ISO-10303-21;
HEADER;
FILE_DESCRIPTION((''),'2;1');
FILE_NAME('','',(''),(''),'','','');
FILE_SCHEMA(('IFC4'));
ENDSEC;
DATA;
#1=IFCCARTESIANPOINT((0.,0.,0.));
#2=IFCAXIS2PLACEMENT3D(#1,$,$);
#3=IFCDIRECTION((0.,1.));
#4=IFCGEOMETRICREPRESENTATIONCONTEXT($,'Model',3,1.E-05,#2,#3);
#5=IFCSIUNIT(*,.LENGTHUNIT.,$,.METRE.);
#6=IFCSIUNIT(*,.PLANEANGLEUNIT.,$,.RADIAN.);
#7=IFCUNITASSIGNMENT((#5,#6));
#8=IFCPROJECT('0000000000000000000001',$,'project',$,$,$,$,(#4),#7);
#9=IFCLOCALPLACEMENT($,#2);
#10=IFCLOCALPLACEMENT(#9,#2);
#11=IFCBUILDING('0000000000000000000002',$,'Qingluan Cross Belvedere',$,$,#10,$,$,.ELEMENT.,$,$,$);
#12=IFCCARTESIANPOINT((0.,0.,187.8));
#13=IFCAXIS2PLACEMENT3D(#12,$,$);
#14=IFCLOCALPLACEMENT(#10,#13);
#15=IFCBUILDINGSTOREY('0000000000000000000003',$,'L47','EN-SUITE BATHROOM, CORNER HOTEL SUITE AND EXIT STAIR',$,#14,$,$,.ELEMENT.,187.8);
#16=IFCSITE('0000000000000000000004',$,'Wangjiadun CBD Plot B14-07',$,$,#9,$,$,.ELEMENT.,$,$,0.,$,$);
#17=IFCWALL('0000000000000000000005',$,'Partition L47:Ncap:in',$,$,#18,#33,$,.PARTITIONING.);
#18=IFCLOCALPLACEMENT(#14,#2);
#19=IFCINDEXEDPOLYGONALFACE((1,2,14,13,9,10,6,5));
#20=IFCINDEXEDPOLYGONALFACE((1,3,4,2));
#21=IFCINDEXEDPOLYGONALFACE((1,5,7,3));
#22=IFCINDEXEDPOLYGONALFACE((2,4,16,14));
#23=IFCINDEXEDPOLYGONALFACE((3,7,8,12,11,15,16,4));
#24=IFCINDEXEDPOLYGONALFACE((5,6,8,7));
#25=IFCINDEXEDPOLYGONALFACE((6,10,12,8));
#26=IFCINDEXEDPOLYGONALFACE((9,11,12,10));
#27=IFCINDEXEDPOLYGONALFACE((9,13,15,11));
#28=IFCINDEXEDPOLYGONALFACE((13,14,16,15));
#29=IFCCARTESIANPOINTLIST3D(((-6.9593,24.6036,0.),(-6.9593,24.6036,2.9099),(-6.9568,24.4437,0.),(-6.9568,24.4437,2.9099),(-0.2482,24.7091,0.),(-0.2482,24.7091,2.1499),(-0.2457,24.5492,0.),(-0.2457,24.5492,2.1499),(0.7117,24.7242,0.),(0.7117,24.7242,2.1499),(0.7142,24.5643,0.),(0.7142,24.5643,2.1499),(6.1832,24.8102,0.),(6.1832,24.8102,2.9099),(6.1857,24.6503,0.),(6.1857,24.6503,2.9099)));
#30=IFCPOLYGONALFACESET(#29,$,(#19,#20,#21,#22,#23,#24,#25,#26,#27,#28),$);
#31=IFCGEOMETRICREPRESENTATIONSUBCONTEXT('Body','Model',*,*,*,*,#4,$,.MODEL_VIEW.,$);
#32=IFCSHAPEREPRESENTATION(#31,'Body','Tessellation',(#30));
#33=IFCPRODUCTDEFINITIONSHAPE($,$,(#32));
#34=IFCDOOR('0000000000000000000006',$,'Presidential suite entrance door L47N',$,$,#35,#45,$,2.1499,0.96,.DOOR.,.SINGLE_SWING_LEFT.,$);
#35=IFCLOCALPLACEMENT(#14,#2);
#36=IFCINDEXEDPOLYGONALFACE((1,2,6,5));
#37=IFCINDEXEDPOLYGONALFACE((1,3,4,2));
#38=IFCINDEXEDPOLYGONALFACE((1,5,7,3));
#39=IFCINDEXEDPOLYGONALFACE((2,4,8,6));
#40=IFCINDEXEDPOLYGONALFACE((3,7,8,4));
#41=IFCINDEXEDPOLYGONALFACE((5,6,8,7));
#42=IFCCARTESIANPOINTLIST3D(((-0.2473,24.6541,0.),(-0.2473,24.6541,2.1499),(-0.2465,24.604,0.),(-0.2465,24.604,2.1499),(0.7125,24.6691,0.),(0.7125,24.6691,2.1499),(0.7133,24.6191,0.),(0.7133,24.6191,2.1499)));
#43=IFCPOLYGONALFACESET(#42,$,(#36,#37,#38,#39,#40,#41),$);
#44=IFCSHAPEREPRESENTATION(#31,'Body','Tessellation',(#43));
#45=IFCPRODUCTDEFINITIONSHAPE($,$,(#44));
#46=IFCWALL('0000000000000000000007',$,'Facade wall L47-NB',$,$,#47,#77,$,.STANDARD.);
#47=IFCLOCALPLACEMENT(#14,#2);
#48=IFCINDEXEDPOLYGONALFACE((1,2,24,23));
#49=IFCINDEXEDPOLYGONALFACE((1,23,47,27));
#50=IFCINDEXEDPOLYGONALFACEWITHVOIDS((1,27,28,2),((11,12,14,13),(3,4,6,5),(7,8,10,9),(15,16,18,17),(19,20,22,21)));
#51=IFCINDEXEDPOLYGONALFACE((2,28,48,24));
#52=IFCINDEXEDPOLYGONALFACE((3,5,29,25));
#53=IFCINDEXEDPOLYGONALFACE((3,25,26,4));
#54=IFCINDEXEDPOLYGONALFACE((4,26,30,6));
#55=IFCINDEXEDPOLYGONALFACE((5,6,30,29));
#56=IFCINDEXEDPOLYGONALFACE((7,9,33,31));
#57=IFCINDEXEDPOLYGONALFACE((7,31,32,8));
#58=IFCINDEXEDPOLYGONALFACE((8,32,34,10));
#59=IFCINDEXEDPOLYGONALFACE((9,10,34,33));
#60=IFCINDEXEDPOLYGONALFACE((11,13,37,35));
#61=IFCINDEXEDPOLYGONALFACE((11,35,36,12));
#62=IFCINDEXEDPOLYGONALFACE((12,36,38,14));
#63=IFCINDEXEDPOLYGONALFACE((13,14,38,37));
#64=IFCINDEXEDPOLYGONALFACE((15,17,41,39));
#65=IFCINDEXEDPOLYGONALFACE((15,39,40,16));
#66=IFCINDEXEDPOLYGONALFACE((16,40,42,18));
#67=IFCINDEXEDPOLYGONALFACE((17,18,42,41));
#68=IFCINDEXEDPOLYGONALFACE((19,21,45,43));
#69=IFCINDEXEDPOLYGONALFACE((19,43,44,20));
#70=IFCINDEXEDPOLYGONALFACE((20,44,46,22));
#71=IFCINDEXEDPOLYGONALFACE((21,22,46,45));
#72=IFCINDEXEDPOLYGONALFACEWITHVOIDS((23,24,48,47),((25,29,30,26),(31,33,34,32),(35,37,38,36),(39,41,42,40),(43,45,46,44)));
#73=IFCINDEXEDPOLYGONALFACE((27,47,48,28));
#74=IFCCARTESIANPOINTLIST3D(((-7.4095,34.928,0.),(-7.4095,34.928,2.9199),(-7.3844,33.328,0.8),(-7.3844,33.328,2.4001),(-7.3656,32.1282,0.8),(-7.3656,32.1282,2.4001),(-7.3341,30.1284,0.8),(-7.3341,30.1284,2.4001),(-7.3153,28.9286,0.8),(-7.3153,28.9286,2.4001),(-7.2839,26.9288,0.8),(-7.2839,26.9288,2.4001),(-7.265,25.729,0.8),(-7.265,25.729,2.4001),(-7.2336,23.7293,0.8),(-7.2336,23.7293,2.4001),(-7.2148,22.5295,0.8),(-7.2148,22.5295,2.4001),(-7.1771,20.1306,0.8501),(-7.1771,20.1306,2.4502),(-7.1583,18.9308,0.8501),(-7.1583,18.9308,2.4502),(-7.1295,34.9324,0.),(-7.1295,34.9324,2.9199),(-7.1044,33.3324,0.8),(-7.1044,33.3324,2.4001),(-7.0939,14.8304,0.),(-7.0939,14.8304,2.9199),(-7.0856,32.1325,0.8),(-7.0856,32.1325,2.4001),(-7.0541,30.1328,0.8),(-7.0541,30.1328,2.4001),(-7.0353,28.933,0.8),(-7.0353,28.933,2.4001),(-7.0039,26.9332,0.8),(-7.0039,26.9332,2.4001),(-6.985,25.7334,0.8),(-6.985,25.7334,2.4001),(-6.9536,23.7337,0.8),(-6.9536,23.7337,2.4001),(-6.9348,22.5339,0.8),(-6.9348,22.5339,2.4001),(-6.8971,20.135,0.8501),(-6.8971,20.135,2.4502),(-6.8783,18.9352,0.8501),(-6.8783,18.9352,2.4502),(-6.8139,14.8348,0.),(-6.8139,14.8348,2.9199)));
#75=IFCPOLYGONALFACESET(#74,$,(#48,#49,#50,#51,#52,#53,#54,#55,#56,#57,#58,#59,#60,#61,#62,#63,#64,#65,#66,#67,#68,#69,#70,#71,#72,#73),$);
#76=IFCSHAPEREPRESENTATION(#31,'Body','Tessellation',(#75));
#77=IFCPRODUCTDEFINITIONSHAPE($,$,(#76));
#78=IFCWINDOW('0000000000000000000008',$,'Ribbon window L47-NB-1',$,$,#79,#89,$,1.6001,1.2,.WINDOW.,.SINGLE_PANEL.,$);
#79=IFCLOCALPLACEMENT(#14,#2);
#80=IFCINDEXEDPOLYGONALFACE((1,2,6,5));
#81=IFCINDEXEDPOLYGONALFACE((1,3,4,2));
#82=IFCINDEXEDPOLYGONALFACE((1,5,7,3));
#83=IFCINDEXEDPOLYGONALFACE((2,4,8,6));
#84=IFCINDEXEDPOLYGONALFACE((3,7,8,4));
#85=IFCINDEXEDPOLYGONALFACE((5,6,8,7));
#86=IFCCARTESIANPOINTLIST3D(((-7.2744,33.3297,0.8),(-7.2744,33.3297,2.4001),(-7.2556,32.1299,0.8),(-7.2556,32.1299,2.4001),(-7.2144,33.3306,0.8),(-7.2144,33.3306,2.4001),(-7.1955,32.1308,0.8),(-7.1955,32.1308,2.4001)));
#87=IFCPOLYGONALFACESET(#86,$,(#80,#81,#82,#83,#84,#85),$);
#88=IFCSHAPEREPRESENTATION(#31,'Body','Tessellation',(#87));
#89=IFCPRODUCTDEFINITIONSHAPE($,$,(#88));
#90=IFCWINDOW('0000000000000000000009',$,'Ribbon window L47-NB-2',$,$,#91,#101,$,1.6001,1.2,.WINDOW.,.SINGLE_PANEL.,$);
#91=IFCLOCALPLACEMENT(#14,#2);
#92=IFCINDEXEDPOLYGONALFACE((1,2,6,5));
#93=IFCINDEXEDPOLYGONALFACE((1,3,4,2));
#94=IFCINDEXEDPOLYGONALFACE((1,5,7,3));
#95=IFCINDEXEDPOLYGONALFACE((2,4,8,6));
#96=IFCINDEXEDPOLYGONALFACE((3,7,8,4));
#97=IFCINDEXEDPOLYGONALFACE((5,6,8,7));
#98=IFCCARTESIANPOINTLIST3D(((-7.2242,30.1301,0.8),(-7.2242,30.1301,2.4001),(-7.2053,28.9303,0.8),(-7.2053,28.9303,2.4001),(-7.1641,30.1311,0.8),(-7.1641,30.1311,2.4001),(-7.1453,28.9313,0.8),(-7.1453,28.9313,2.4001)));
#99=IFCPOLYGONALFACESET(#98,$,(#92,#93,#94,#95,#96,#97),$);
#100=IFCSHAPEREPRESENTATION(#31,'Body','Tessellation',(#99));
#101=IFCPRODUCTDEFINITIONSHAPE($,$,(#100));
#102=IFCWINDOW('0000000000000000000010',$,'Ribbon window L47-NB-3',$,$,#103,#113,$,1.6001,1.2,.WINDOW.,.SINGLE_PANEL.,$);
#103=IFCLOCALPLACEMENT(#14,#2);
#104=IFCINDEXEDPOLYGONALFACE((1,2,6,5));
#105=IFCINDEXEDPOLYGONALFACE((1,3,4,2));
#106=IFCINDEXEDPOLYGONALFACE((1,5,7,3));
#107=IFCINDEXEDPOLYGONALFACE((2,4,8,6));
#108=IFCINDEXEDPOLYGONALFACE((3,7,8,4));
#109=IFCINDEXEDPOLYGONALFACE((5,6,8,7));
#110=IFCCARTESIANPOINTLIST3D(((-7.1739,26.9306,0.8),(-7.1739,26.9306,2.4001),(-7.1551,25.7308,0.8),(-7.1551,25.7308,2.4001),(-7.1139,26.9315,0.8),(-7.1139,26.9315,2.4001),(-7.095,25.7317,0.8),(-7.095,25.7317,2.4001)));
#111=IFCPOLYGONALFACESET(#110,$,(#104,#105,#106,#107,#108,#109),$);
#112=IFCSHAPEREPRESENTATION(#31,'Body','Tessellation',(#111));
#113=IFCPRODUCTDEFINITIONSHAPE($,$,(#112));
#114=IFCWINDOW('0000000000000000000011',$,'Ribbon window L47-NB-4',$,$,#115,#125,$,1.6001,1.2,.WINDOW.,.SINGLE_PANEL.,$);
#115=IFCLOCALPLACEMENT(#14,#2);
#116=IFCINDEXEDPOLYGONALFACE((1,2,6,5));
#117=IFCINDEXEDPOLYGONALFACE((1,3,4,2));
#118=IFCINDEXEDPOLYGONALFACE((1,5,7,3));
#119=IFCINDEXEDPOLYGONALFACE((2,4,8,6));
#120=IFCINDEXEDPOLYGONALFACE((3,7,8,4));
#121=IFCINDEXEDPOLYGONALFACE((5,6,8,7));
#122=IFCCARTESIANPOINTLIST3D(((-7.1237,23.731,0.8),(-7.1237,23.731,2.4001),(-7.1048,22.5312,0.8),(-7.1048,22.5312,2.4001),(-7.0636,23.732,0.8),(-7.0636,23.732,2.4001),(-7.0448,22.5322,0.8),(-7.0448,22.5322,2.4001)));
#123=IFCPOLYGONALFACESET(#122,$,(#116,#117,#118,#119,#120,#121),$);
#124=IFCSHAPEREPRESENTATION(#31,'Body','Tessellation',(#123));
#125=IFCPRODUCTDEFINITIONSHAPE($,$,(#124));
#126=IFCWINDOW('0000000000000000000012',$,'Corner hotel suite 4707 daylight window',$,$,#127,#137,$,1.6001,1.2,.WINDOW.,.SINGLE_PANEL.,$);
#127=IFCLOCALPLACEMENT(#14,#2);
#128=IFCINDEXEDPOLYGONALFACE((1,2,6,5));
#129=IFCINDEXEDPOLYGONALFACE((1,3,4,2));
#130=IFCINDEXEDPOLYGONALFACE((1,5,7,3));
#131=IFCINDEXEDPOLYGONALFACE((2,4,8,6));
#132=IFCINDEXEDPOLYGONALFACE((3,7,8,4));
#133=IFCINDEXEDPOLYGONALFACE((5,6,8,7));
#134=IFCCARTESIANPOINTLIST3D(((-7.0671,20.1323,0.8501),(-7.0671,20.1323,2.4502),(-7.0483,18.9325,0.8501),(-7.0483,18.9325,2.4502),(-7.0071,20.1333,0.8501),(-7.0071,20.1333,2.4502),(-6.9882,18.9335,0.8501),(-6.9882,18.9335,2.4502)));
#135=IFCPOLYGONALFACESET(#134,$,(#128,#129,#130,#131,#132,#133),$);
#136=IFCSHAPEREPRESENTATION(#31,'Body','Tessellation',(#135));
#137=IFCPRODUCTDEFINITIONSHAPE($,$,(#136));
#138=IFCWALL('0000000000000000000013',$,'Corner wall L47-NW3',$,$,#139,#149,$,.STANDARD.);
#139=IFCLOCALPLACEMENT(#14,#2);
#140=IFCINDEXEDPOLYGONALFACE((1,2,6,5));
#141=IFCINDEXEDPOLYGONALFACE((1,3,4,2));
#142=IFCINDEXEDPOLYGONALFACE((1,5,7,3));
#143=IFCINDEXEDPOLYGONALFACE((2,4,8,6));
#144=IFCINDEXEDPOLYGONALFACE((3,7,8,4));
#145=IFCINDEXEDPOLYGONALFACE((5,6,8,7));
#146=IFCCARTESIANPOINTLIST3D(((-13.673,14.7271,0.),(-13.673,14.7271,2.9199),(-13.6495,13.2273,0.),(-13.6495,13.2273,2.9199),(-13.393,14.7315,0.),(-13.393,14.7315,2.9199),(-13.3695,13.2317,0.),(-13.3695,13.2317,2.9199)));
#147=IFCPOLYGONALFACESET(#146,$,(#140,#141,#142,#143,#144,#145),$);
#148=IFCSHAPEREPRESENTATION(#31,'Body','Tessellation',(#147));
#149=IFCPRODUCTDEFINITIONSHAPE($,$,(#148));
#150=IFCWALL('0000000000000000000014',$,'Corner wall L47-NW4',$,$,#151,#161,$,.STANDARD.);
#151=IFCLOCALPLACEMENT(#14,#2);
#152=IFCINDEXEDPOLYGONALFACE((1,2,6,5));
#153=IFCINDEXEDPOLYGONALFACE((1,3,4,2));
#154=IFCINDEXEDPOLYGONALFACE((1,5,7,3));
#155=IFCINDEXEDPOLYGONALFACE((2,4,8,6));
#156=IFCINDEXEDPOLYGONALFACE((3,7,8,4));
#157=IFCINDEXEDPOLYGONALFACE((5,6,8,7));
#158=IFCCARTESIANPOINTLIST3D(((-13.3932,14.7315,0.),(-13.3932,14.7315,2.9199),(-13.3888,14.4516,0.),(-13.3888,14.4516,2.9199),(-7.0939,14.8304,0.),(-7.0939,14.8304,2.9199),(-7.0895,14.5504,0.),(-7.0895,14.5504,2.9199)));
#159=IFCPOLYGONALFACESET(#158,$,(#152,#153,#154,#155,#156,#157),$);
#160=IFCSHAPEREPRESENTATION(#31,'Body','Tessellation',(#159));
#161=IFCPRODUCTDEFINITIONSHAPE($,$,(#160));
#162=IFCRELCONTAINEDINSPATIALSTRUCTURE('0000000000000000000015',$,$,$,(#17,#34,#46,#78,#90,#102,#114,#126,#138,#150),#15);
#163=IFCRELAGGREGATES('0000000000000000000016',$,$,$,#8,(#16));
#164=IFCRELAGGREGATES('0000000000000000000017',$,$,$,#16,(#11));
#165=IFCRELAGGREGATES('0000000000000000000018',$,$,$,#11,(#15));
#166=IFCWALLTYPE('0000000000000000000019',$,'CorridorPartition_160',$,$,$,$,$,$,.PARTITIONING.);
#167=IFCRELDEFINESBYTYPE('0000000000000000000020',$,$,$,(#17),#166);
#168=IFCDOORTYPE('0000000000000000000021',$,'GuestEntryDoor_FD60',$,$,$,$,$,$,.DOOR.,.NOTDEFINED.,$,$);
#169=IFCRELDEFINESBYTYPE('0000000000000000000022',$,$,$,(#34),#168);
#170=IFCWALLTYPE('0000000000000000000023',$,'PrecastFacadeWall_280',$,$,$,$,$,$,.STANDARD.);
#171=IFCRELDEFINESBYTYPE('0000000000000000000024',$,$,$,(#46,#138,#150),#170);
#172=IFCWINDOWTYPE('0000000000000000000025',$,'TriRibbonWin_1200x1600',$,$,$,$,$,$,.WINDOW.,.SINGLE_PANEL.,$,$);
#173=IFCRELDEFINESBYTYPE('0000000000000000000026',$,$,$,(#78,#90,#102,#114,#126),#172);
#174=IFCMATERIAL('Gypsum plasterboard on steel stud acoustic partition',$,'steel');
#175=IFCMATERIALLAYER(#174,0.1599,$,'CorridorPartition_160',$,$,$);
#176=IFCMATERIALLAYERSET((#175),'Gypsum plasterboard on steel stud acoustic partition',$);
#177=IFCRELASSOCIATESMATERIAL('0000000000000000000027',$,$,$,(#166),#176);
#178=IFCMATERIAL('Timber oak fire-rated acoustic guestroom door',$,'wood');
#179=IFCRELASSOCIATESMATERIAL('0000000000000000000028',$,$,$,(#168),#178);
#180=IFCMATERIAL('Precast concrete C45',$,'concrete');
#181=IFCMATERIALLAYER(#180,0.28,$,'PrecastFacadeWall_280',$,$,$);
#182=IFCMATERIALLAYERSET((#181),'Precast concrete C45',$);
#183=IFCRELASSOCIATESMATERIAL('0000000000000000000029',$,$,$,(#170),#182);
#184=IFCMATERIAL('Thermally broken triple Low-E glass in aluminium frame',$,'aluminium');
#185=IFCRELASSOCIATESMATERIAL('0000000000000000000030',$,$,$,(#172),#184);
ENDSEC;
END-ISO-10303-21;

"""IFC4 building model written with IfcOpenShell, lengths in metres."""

from ifc_helpers import new_model, si_unit, direction, frame, frame_2d, origin, place, context, subcontext, project, spatial, rectangle, extrude, material, layer, layer_set, type_object, element, fill, save


model = new_model("IFC4")

# Units and contexts
model_context = context("Model", 3, precision=1e-05, world=origin(), true_north=direction((0.0, 1.0)))
body_context = subcontext(model_context, "Body", "Model", "MODEL_VIEW")
ifc_project = project(units=[si_unit("LENGTHUNIT", "METRE"), si_unit("PLANEANGLEUNIT", "RADIAN")], contexts=[model_context])

# Site, building, storey
site_placement = place(None, origin())
site = spatial("IfcSite", under=ifc_project, at=site_placement, Name="Wangjiadun CBD Plot B14-07", CompositionType="ELEMENT", RefElevation=0.0)
building_placement = place(site_placement, origin())
building = spatial("IfcBuilding", under=site, at=building_placement, Name="Qingluan Cross Belvedere", CompositionType="ELEMENT")
storey_placement = place(building_placement, frame((0.0, 0.0, 187.8)))
storey = spatial("IfcBuildingStorey", under=building, at=storey_placement, Name="L47", Description="EN-SUITE BATHROOM, CORNER HOTEL SUITE AND EXIT STAIR", CompositionType="ELEMENT", Elevation=187.8)

# Shared definitions
ifc_material_1 = material(Name="Gypsum plasterboard on steel stud acoustic partition", Category="steel")
ifc_layer_1 = layer(ifc_material_1, 0.1599, Name="CorridorPartition_160")
ifc_layer_set_1 = layer_set([ifc_layer_1], Name="Gypsum plasterboard on steel stud acoustic partition")
wall_type_1 = type_object("IfcWallType", Name="CorridorPartition_160", PredefinedType="PARTITIONING", material=ifc_layer_set_1)

# Wall, opening, door
wall_1_placement = place(storey_placement, frame((-6.958, 24.5237, 0.0), z_axis=(0.0, 0.0, 1.0), x_axis=(0.999877, 0.015714, 0.0)))
wall_1 = element("IfcWall", 1, at=wall_1_placement, inside=storey, type_object=wall_type_1, Name="Partition L47:Ncap:in", PredefinedType="PARTITIONING", context=body_context, shape_type="SweptSolid", body=[
    extrude(rectangle(XDim=13.144, YDim=0.1599, at=frame_2d((6.572, 0.0))), origin(), (0.0, 0.0, 1.0), 2.9099),
])
opening_1_placement = place(wall_1_placement, frame((6.7119, 0.0, 0.0)))
opening_1 = element("IfcOpeningElement", 2, at=opening_1_placement, cuts=wall_1, PredefinedType="OPENING", context=body_context, shape_type="SweptSolid", body=[
    extrude(rectangle(XDim=0.96, YDim=2.1499, at=frame_2d((0.48, 1.075))), frame((0.0, 0.0898, 0.0), z_axis=(0.0, -1.0, 0.0), x_axis=(1.0, 0.0, 0.0)), (0.0, 0.0, 1.0), 0.1799),
])
ifc_material_2 = material(Name="Timber oak fire-rated acoustic guestroom door", Category="wood")
door_type = type_object("IfcDoorType", Name="GuestEntryDoor_FD60", OperationType="NOTDEFINED", PredefinedType="DOOR", material=ifc_material_2)
door_placement = place(opening_1_placement, origin())
door = element("IfcDoor", 3, at=door_placement, inside=storey, type_object=door_type, Name="Presidential suite entrance door L47N", OperationType="SINGLE_SWING_LEFT", OverallHeight=2.1499, OverallWidth=0.96, PredefinedType="DOOR", context=body_context, shape_type="SweptSolid", body=[
    extrude(rectangle(XDim=0.96, YDim=2.1499, at=frame_2d((0.48, 1.075))), frame((0.0, 0.0249, 0.0), z_axis=(0.0, -1.0, 0.0), x_axis=(1.0, 0.0, 0.0)), (0.0, 0.0, 1.0), 0.05),
])
fill(opening_1, door)

# Wall, openings, windows
ifc_material_3 = material(Name="Precast concrete C45", Category="concrete")
ifc_layer_2 = layer(ifc_material_3, 0.28, Name="PrecastFacadeWall_280")
ifc_layer_set_2 = layer_set([ifc_layer_2], Name="Precast concrete C45")
wall_type_2 = type_object("IfcWallType", Name="PrecastFacadeWall_280", PredefinedType="STANDARD", material=ifc_layer_set_2)
wall_2_placement = place(storey_placement, frame((-7.2695, 34.9302, 0.0), z_axis=(0.0, 0.0, 1.0), x_axis=(0.015705, -0.999877, 0.0)))
wall_2 = element("IfcWall", 4, at=wall_2_placement, inside=storey, type_object=wall_type_2, Name="Facade wall L47-NB", PredefinedType="STANDARD", context=body_context, shape_type="SweptSolid", body=[
    extrude(rectangle(XDim=20.1001, YDim=0.28, at=frame_2d((10.05, 0.0))), origin(), (0.0, 0.0, 1.0), 2.9199),
])
opening_2_placement = place(wall_2_placement, frame((1.6001, 0.0, 0.8)))
opening_2 = element("IfcOpeningElement", 5, at=opening_2_placement, cuts=wall_2, PredefinedType="OPENING", context=body_context, shape_type="SweptSolid", body=[
    extrude(rectangle(XDim=1.2, YDim=1.6001, at=frame_2d((0.6001, 0.8))), frame((0.0, 0.1499, 0.0), z_axis=(0.0, -1.0, 0.0), x_axis=(1.0, 0.0, 0.0)), (0.0, 0.0, 1.0), 0.3),
])
opening_3_placement = place(wall_2_placement, frame((4.8, 0.0, 0.8)))
opening_3 = element("IfcOpeningElement", 6, at=opening_3_placement, cuts=wall_2, PredefinedType="OPENING", context=body_context, shape_type="SweptSolid", body=[
    extrude(rectangle(XDim=1.2, YDim=1.6001, at=frame_2d((0.6001, 0.8))), frame((0.0, 0.1499, 0.0), z_axis=(0.0, -1.0, 0.0), x_axis=(1.0, 0.0, 0.0)), (0.0, 0.0, 1.0), 0.3),
])
opening_4_placement = place(wall_2_placement, frame((8.0, 0.0, 0.8)))
opening_4 = element("IfcOpeningElement", 7, at=opening_4_placement, cuts=wall_2, PredefinedType="OPENING", context=body_context, shape_type="SweptSolid", body=[
    extrude(rectangle(XDim=1.2, YDim=1.6001, at=frame_2d((0.6001, 0.8))), frame((0.0, 0.1499, 0.0), z_axis=(0.0, -1.0, 0.0), x_axis=(1.0, 0.0, 0.0)), (0.0, 0.0, 1.0), 0.3),
])
opening_5_placement = place(wall_2_placement, frame((11.2, 0.0, 0.8)))
opening_5 = element("IfcOpeningElement", 8, at=opening_5_placement, cuts=wall_2, PredefinedType="OPENING", context=body_context, shape_type="SweptSolid", body=[
    extrude(rectangle(XDim=1.2, YDim=1.6001, at=frame_2d((0.6001, 0.8))), frame((0.0, 0.1499, 0.0), z_axis=(0.0, -1.0, 0.0), x_axis=(1.0, 0.0, 0.0)), (0.0, 0.0, 1.0), 0.3),
])
opening_6_placement = place(wall_2_placement, frame((14.7991, 0.0, 0.8501)))
opening_6 = element("IfcOpeningElement", 9, at=opening_6_placement, cuts=wall_2, PredefinedType="OPENING", context=body_context, shape_type="SweptSolid", body=[
    extrude(rectangle(XDim=1.2, YDim=1.6001, at=frame_2d((0.6001, 0.8))), frame((0.0, 0.1499, 0.0), z_axis=(0.0, -1.0, 0.0), x_axis=(1.0, 0.0, 0.0)), (0.0, 0.0, 1.0), 0.3),
])
ifc_material_4 = material(Name="Thermally broken triple Low-E glass in aluminium frame", Category="aluminium")
window_type = type_object("IfcWindowType", Name="TriRibbonWin_1200x1600", PartitioningType="SINGLE_PANEL", PredefinedType="WINDOW", material=ifc_material_4)
window_1_placement = place(opening_2_placement, origin())
window_1 = element("IfcWindow", 10, at=window_1_placement, inside=storey, type_object=window_type, Name="Ribbon window L47-NB-1", OverallHeight=1.6001, OverallWidth=1.2, PartitioningType="SINGLE_PANEL", PredefinedType="WINDOW", context=body_context, shape_type="SweptSolid", body=[
    extrude(rectangle(XDim=1.2, YDim=1.6001, at=frame_2d((0.6001, 0.8))), frame((0.0, 0.03, 0.0), z_axis=(0.0, -1.0, 0.0), x_axis=(1.0, 0.0, 0.0)), (0.0, 0.0, 1.0), 0.0601),
])
fill(opening_2, window_1)
window_2_placement = place(opening_3_placement, origin())
window_2 = element("IfcWindow", 11, at=window_2_placement, inside=storey, type_object=window_type, Name="Ribbon window L47-NB-2", OverallHeight=1.6001, OverallWidth=1.2, PartitioningType="SINGLE_PANEL", PredefinedType="WINDOW", context=body_context, shape_type="SweptSolid", body=[
    extrude(rectangle(XDim=1.2, YDim=1.6001, at=frame_2d((0.6001, 0.8))), frame((0.0, 0.03, 0.0), z_axis=(0.0, -1.0, 0.0), x_axis=(1.0, 0.0, 0.0)), (0.0, 0.0, 1.0), 0.0601),
])
fill(opening_3, window_2)
window_3_placement = place(opening_4_placement, origin())
window_3 = element("IfcWindow", 12, at=window_3_placement, inside=storey, type_object=window_type, Name="Ribbon window L47-NB-3", OverallHeight=1.6001, OverallWidth=1.2, PartitioningType="SINGLE_PANEL", PredefinedType="WINDOW", context=body_context, shape_type="SweptSolid", body=[
    extrude(rectangle(XDim=1.2, YDim=1.6001, at=frame_2d((0.6001, 0.8))), frame((0.0, 0.03, 0.0), z_axis=(0.0, -1.0, 0.0), x_axis=(1.0, 0.0, 0.0)), (0.0, 0.0, 1.0), 0.0601),
])
fill(opening_4, window_3)
window_4_placement = place(opening_5_placement, origin())
window_4 = element("IfcWindow", 13, at=window_4_placement, inside=storey, type_object=window_type, Name="Ribbon window L47-NB-4", OverallHeight=1.6001, OverallWidth=1.2, PartitioningType="SINGLE_PANEL", PredefinedType="WINDOW", context=body_context, shape_type="SweptSolid", body=[
    extrude(rectangle(XDim=1.2, YDim=1.6001, at=frame_2d((0.6001, 0.8))), frame((0.0, 0.03, 0.0), z_axis=(0.0, -1.0, 0.0), x_axis=(1.0, 0.0, 0.0)), (0.0, 0.0, 1.0), 0.0601),
])
fill(opening_5, window_4)
window_5_placement = place(opening_6_placement, origin())
window_5 = element("IfcWindow", 14, at=window_5_placement, inside=storey, type_object=window_type, Name="Corner hotel suite 4707 daylight window", OverallHeight=1.6001, OverallWidth=1.2, PartitioningType="SINGLE_PANEL", PredefinedType="WINDOW", context=body_context, shape_type="SweptSolid", body=[
    extrude(rectangle(XDim=1.2, YDim=1.6001, at=frame_2d((0.6001, 0.8))), frame((0.0, 0.03, 0.0), z_axis=(0.0, -1.0, 0.0), x_axis=(1.0, 0.0, 0.0)), (0.0, 0.0, 1.0), 0.0601),
])
fill(opening_6, window_5)

# Walls
wall_3_placement = place(storey_placement, frame((-13.5095, 13.2295, 0.0), z_axis=(0.0, 0.0, 1.0), x_axis=(-0.015626, 0.999878, 0.0)))
element("IfcWall", 15, at=wall_3_placement, inside=storey, type_object=wall_type_2, Name="Corner wall L47-NW3", PredefinedType="STANDARD", context=body_context, shape_type="SweptSolid", body=[
    extrude(rectangle(XDim=1.5, YDim=0.28, at=frame_2d((0.75, 0.0))), origin(), (0.0, 0.0, 1.0), 2.9199),
])
wall_4_placement = place(storey_placement, frame((-13.3909, 14.5916, 0.0), z_axis=(0.0, 0.0, 1.0), x_axis=(0.999877, 0.015695, 0.0)))
element("IfcWall", 16, at=wall_4_placement, inside=storey, type_object=wall_type_2, Name="Corner wall L47-NW4", PredefinedType="STANDARD", context=body_context, shape_type="SweptSolid", body=[
    extrude(rectangle(XDim=6.3, YDim=0.28, at=frame_2d((3.1499, 0.0))), origin(), (0.0, 0.0, 1.0), 2.9199),
])

save(model, "model.ifc")
